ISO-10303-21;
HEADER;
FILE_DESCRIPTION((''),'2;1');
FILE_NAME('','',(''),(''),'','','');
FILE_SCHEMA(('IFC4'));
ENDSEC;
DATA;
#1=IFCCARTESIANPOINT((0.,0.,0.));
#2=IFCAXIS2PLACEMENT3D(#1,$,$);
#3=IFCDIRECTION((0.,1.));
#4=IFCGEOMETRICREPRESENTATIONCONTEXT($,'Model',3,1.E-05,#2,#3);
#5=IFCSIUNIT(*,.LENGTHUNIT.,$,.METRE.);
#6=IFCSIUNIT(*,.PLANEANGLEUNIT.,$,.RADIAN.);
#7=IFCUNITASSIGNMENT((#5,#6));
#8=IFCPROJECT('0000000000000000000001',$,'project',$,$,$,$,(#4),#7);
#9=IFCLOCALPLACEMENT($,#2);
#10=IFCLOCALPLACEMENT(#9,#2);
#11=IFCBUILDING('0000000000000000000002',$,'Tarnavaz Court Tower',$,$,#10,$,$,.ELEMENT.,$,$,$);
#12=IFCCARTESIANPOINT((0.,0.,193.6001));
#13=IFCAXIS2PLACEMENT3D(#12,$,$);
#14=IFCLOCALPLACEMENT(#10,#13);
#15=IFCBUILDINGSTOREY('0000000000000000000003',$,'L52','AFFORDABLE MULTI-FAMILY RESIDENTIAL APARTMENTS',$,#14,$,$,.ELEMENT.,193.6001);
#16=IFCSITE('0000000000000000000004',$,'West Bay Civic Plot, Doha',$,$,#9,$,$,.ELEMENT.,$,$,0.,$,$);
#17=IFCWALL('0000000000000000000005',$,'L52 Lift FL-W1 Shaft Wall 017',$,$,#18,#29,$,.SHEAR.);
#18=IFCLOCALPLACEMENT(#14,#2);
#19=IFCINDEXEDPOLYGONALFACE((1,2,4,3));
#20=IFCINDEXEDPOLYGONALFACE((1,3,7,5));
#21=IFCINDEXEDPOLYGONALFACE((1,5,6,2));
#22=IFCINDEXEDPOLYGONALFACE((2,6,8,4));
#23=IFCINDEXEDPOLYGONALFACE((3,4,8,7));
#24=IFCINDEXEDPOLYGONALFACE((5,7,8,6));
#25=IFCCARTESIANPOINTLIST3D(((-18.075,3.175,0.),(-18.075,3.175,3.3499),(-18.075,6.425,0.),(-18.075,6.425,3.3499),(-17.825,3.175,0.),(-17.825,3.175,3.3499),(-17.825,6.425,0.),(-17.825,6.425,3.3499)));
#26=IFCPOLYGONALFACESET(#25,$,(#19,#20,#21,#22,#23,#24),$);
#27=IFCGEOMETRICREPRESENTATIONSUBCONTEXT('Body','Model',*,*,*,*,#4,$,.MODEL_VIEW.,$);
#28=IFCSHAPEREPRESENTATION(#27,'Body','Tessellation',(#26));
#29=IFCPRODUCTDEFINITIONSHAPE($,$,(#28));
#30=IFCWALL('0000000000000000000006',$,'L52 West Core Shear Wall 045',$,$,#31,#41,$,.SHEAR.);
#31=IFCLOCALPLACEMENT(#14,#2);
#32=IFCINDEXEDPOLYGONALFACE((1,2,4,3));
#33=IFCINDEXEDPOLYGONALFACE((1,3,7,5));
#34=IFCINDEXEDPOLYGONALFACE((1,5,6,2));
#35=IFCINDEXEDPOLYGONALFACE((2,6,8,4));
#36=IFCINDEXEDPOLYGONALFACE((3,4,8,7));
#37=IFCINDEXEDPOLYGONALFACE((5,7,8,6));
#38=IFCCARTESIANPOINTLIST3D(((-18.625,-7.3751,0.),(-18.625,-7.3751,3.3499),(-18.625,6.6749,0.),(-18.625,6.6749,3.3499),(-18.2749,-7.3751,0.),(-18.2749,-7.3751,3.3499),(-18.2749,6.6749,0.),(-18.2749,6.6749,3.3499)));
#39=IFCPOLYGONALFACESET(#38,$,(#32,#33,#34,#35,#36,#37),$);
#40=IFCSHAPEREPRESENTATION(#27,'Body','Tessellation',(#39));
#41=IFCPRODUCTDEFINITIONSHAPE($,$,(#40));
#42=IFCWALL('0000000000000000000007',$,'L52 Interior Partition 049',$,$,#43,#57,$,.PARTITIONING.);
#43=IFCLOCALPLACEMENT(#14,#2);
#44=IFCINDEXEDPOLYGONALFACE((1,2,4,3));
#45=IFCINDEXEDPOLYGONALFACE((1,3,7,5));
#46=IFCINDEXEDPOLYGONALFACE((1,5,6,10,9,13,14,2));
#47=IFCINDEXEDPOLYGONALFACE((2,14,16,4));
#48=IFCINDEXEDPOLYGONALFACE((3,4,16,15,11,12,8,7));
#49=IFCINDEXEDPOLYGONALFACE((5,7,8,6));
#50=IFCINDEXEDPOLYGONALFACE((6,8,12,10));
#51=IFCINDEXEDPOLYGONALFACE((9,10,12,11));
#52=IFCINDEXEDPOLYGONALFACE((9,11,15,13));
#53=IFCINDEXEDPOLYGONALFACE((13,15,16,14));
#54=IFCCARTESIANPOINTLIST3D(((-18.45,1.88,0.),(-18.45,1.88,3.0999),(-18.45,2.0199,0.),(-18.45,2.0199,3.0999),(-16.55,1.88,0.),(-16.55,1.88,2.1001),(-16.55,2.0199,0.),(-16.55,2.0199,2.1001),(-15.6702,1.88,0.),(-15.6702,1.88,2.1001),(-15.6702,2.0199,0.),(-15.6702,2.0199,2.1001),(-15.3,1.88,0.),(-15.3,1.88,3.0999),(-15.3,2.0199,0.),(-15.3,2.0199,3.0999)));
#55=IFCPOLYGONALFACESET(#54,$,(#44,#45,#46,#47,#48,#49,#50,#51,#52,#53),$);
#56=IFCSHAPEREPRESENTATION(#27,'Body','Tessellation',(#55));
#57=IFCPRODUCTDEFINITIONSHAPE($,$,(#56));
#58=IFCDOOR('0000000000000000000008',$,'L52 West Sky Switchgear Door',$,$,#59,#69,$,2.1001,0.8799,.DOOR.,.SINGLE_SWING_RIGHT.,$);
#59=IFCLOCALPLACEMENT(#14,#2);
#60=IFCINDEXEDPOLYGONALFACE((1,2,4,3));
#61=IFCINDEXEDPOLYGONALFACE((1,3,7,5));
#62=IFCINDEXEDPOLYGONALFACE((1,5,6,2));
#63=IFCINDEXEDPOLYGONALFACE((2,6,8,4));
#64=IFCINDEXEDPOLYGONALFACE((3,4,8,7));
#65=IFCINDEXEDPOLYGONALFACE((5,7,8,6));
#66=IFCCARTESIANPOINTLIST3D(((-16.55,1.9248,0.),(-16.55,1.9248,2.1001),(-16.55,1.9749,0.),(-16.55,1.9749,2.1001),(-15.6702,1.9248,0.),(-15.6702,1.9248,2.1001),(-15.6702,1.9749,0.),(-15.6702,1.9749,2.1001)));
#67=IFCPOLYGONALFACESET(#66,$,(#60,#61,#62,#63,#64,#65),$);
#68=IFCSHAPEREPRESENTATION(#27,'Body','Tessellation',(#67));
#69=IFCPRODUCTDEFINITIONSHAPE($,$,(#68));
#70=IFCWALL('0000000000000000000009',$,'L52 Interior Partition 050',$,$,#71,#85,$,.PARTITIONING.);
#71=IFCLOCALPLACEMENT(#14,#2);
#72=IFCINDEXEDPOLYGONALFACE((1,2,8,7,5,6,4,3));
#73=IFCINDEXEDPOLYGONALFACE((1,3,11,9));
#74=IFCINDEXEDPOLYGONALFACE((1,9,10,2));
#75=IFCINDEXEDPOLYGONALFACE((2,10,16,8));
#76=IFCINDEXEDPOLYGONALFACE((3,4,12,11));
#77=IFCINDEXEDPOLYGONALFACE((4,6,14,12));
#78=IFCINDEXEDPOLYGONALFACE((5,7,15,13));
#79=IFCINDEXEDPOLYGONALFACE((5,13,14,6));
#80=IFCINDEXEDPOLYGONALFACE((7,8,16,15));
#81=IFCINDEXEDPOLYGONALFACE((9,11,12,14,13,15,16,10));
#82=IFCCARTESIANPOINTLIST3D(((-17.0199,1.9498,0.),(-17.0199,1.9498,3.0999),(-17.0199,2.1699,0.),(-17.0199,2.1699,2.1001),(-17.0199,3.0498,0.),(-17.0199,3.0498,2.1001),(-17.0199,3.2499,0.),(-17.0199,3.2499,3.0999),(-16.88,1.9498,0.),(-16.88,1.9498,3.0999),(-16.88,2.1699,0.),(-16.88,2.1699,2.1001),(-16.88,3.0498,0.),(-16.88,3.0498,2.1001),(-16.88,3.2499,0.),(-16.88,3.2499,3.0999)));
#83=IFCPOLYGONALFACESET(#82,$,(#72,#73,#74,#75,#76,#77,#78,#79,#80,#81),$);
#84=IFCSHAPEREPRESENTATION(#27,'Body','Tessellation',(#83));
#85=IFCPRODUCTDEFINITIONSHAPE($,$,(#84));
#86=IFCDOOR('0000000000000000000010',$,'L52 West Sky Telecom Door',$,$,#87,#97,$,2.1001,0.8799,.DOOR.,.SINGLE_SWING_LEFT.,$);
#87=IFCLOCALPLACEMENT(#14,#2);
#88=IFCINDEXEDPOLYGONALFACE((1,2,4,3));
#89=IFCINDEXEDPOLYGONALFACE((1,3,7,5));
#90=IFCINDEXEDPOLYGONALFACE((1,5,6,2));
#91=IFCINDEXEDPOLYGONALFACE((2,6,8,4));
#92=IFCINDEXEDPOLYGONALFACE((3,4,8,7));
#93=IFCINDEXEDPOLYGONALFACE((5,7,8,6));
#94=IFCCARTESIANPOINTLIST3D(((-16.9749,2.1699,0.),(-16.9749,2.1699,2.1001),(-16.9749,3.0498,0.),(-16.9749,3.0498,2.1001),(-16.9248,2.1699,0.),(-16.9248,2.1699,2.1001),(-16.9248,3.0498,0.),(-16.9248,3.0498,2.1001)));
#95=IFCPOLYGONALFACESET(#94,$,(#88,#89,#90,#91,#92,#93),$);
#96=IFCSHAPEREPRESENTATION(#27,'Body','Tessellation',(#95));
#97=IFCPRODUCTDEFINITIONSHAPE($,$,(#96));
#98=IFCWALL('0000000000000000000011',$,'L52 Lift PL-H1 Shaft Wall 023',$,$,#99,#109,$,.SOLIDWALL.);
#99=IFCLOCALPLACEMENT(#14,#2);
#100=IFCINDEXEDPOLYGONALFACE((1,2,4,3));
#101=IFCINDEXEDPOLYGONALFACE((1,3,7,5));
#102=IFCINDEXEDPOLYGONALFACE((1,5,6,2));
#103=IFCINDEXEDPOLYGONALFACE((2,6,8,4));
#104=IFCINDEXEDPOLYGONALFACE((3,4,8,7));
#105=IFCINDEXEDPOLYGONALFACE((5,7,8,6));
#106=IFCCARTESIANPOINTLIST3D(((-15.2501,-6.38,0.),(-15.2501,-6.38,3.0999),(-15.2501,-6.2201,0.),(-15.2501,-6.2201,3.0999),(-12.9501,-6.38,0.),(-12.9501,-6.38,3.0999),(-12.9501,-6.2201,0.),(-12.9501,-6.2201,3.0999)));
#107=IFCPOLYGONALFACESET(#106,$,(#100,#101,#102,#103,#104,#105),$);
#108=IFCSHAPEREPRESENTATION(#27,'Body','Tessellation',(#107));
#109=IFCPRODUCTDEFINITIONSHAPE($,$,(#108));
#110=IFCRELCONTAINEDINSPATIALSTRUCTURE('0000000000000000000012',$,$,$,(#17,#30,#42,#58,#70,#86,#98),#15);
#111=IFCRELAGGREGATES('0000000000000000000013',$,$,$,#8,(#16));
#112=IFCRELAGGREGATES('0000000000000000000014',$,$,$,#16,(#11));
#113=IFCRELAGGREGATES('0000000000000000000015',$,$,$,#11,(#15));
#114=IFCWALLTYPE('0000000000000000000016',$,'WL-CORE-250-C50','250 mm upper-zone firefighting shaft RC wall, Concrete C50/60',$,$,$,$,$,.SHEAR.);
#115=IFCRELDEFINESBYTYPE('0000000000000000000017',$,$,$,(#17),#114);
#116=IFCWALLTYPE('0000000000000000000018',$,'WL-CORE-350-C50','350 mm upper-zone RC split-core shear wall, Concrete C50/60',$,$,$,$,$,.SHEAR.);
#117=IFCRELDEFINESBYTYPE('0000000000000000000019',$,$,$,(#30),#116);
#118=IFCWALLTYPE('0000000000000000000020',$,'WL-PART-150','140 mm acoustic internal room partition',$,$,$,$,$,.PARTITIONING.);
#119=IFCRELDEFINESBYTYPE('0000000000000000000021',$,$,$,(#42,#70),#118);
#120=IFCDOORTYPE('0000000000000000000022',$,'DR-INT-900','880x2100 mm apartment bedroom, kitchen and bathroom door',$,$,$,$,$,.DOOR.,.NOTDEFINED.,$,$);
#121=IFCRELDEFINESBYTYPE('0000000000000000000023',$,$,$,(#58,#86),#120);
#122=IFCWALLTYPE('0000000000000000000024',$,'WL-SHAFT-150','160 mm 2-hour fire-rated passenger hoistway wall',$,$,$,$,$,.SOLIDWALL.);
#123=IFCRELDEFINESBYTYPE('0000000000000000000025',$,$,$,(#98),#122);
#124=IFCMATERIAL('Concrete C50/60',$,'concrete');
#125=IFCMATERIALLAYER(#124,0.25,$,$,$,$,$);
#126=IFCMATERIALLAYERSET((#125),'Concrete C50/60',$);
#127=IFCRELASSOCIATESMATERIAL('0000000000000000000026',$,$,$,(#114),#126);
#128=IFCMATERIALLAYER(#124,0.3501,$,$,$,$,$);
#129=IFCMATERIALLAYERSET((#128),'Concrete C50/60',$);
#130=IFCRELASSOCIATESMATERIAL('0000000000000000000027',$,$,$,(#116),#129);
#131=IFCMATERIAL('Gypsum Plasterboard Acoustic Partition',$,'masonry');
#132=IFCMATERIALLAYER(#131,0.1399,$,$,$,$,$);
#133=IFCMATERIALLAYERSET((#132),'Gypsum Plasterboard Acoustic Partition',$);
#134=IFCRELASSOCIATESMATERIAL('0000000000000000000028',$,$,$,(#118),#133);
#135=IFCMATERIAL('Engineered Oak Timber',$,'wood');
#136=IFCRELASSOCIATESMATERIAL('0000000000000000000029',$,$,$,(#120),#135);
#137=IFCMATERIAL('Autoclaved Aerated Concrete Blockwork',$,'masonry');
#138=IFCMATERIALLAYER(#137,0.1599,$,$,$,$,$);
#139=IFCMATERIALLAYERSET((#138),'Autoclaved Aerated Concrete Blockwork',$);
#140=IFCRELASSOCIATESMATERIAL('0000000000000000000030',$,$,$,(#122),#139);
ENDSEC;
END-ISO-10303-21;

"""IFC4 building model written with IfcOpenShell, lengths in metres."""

from ifc_helpers import new_model, si_unit, direction, frame, frame_2d, origin, place, context, subcontext, project, spatial, rectangle, extrude, material, layer, layer_set, type_object, element, fill, save


model = new_model("IFC4")

# Units and contexts
model_context = context("Model", 3, precision=1e-05, world=origin(), true_north=direction((0.0, 1.0)))
body_context = subcontext(model_context, "Body", "Model", "MODEL_VIEW")
ifc_project = project(units=[si_unit("LENGTHUNIT", "METRE"), si_unit("PLANEANGLEUNIT", "RADIAN")], contexts=[model_context])

# Site, building, storey
site_placement = place(None, origin())
site = spatial("IfcSite", under=ifc_project, at=site_placement, Name="West Bay Civic Plot, Doha", CompositionType="ELEMENT", RefElevation=0.0)
building_placement = place(site_placement, origin())
building = spatial("IfcBuilding", under=site, at=building_placement, Name="Tarnavaz Court Tower", CompositionType="ELEMENT")
storey_placement = place(building_placement, frame((0.0, 0.0, 193.6001)))
storey = spatial("IfcBuildingStorey", under=building, at=storey_placement, Name="L52", Description="AFFORDABLE MULTI-FAMILY RESIDENTIAL APARTMENTS", CompositionType="ELEMENT", Elevation=193.6001)

# Shared definitions
ifc_material_1 = material(Name="Concrete C50/60", Category="concrete")

# Wall
ifc_layer_1 = layer(ifc_material_1, 0.25)
ifc_layer_set_1 = layer_set([ifc_layer_1], Name="Concrete C50/60")
wall_type_1 = type_object("IfcWallType", Name="WL-CORE-250-C50", Description="250 mm upper-zone firefighting shaft RC wall, Concrete C50/60", PredefinedType="SHEAR", material=ifc_layer_set_1)
wall_1_placement = place(storey_placement, frame((-17.95, 3.175, 0.0), z_axis=(0.0, 0.0, 1.0), x_axis=(0.0, 1.0, 0.0)))
element("IfcWall", 1, at=wall_1_placement, inside=storey, type_object=wall_type_1, Name="L52 Lift FL-W1 Shaft Wall 017", PredefinedType="SHEAR", context=body_context, shape_type="SweptSolid", body=[
    extrude(rectangle(XDim=3.25, YDim=0.25, at=frame_2d((1.625, 0.0))), origin(), (0.0, 0.0, 1.0), 3.3499),
])

# Wall
ifc_layer_2 = layer(ifc_material_1, 0.3501)
ifc_layer_set_2 = layer_set([ifc_layer_2], Name="Concrete C50/60")
wall_type_2 = type_object("IfcWallType", Name="WL-CORE-350-C50", Description="350 mm upper-zone RC split-core shear wall, Concrete C50/60", PredefinedType="SHEAR", material=ifc_layer_set_2)
wall_2_placement = place(storey_placement, frame((-18.45, -7.375, 0.0), z_axis=(0.0, 0.0, 1.0), x_axis=(0.0, 1.0, 0.0)))
element("IfcWall", 2, at=wall_2_placement, inside=storey, type_object=wall_type_2, Name="L52 West Core Shear Wall 045", PredefinedType="SHEAR", context=body_context, shape_type="SweptSolid", body=[
    extrude(rectangle(XDim=14.05, YDim=0.3501, at=frame_2d((7.0249, 0.0))), origin(), (0.0, 0.0, 1.0), 3.3499),
])

# Walls, openings, doors
ifc_material_2 = material(Name="Engineered Oak Timber", Category="wood")
ifc_material_3 = material(Name="Gypsum Plasterboard Acoustic Partition", Category="masonry")
ifc_layer_3 = layer(ifc_material_3, 0.1399)
ifc_layer_set_3 = layer_set([ifc_layer_3], Name="Gypsum Plasterboard Acoustic Partition")
wall_type_3 = type_object("IfcWallType", Name="WL-PART-150", Description="140 mm acoustic internal room partition", PredefinedType="PARTITIONING", material=ifc_layer_set_3)
wall_3_placement = place(storey_placement, frame((-18.45, 1.95, 0.0), z_axis=(0.0, 0.0, 1.0), x_axis=(1.0, 0.0, 0.0)))
wall_3 = element("IfcWall", 3, at=wall_3_placement, inside=storey, type_object=wall_type_3, Name="L52 Interior Partition 049", PredefinedType="PARTITIONING", context=body_context, shape_type="SweptSolid", body=[
    extrude(rectangle(XDim=3.1499, YDim=0.1399, at=frame_2d((1.575, 0.0))), origin(), (0.0, 0.0, 1.0), 3.0999),
])
opening_1_placement = place(wall_3_placement, frame((1.8999, 0.0, 0.0)))
opening_1 = element("IfcOpeningElement", 4, at=opening_1_placement, cuts=wall_3, PredefinedType="OPENING", context=body_context, shape_type="SweptSolid", body=[
    extrude(rectangle(XDim=0.8799, YDim=2.1001, at=frame_2d((0.4399, 1.05))), frame((0.0, 0.0798, 0.0), z_axis=(0.0, -1.0, 0.0), x_axis=(1.0, 0.0, 0.0)), (0.0, 0.0, 1.0), 0.1599),
])
door_type_1 = type_object("IfcDoorType", Name="DR-INT-900", Description="880x2100 mm apartment bedroom, kitchen and bathroom door", OperationType="NOTDEFINED", PredefinedType="DOOR", material=ifc_material_2)
door_1_placement = place(opening_1_placement, origin())
door_1 = element("IfcDoor", 5, at=door_1_placement, inside=storey, type_object=door_type_1, Name="L52 West Sky Switchgear Door", OperationType="SINGLE_SWING_RIGHT", OverallHeight=2.1001, OverallWidth=0.8799, PredefinedType="DOOR", context=body_context, shape_type="SweptSolid", body=[
    extrude(rectangle(XDim=0.8799, YDim=2.1001, at=frame_2d((0.4399, 1.05))), frame((0.0, 0.0249, 0.0), z_axis=(0.0, -1.0, 0.0), x_axis=(1.0, 0.0, 0.0)), (0.0, 0.0, 1.0), 0.05),
])
fill(opening_1, door_1)
wall_4_placement = place(storey_placement, frame((-16.95, 1.95, 0.0), z_axis=(0.0, 0.0, 1.0), x_axis=(0.0, 1.0, 0.0)))
wall_4 = element("IfcWall", 6, at=wall_4_placement, inside=storey, type_object=wall_type_3, Name="L52 Interior Partition 050", PredefinedType="PARTITIONING", context=body_context, shape_type="SweptSolid", body=[
    extrude(rectangle(XDim=1.3, YDim=0.1399, at=frame_2d((0.6499, 0.0))), origin(), (0.0, 0.0, 1.0), 3.0999),
])
opening_2_placement = place(wall_4_placement, frame((0.22, 0.0, 0.0)))
opening_2 = element("IfcOpeningElement", 7, at=opening_2_placement, cuts=wall_4, PredefinedType="OPENING", context=body_context, shape_type="SweptSolid", body=[
    extrude(rectangle(XDim=0.8799, YDim=2.1001, at=frame_2d((0.4399, 1.05))), frame((0.0, 0.0798, 0.0), z_axis=(0.0, -1.0, 0.0), x_axis=(1.0, 0.0, 0.0)), (0.0, 0.0, 1.0), 0.1599),
])
door_2_placement = place(opening_2_placement, origin())
door_2 = element("IfcDoor", 8, at=door_2_placement, inside=storey, type_object=door_type_1, Name="L52 West Sky Telecom Door", OperationType="SINGLE_SWING_LEFT", OverallHeight=2.1001, OverallWidth=0.8799, PredefinedType="DOOR", context=body_context, shape_type="SweptSolid", body=[
    extrude(rectangle(XDim=0.8799, YDim=2.1001, at=frame_2d((0.4399, 1.05))), frame((0.0, 0.0249, 0.0), z_axis=(0.0, -1.0, 0.0), x_axis=(1.0, 0.0, 0.0)), (0.0, 0.0, 1.0), 0.05),
])
fill(opening_2, door_2)
ifc_material_4 = material(Name="Autoclaved Aerated Concrete Blockwork", Category="masonry")
ifc_layer_4 = layer(ifc_material_4, 0.1599)
ifc_layer_set_4 = layer_set([ifc_layer_4], Name="Autoclaved Aerated Concrete Blockwork")
wall_type_4 = type_object("IfcWallType", Name="WL-SHAFT-150", Description="160 mm 2-hour fire-rated passenger hoistway wall", PredefinedType="SOLIDWALL", material=ifc_layer_set_4)

# Wall
wall_5_placement = place(storey_placement, frame((-15.25, -6.3, 0.0), z_axis=(0.0, 0.0, 1.0), x_axis=(1.0, 0.0, 0.0)))
element("IfcWall", 9, at=wall_5_placement, inside=storey, type_object=wall_type_4, Name="L52 Lift PL-H1 Shaft Wall 023", PredefinedType="SOLIDWALL", context=body_context, shape_type="SweptSolid", body=[
    extrude(rectangle(XDim=2.3, YDim=0.1599, at=frame_2d((1.1499, 0.0))), origin(), (0.0, 0.0, 1.0), 3.0999),
])

save(model, "model.ifc")
